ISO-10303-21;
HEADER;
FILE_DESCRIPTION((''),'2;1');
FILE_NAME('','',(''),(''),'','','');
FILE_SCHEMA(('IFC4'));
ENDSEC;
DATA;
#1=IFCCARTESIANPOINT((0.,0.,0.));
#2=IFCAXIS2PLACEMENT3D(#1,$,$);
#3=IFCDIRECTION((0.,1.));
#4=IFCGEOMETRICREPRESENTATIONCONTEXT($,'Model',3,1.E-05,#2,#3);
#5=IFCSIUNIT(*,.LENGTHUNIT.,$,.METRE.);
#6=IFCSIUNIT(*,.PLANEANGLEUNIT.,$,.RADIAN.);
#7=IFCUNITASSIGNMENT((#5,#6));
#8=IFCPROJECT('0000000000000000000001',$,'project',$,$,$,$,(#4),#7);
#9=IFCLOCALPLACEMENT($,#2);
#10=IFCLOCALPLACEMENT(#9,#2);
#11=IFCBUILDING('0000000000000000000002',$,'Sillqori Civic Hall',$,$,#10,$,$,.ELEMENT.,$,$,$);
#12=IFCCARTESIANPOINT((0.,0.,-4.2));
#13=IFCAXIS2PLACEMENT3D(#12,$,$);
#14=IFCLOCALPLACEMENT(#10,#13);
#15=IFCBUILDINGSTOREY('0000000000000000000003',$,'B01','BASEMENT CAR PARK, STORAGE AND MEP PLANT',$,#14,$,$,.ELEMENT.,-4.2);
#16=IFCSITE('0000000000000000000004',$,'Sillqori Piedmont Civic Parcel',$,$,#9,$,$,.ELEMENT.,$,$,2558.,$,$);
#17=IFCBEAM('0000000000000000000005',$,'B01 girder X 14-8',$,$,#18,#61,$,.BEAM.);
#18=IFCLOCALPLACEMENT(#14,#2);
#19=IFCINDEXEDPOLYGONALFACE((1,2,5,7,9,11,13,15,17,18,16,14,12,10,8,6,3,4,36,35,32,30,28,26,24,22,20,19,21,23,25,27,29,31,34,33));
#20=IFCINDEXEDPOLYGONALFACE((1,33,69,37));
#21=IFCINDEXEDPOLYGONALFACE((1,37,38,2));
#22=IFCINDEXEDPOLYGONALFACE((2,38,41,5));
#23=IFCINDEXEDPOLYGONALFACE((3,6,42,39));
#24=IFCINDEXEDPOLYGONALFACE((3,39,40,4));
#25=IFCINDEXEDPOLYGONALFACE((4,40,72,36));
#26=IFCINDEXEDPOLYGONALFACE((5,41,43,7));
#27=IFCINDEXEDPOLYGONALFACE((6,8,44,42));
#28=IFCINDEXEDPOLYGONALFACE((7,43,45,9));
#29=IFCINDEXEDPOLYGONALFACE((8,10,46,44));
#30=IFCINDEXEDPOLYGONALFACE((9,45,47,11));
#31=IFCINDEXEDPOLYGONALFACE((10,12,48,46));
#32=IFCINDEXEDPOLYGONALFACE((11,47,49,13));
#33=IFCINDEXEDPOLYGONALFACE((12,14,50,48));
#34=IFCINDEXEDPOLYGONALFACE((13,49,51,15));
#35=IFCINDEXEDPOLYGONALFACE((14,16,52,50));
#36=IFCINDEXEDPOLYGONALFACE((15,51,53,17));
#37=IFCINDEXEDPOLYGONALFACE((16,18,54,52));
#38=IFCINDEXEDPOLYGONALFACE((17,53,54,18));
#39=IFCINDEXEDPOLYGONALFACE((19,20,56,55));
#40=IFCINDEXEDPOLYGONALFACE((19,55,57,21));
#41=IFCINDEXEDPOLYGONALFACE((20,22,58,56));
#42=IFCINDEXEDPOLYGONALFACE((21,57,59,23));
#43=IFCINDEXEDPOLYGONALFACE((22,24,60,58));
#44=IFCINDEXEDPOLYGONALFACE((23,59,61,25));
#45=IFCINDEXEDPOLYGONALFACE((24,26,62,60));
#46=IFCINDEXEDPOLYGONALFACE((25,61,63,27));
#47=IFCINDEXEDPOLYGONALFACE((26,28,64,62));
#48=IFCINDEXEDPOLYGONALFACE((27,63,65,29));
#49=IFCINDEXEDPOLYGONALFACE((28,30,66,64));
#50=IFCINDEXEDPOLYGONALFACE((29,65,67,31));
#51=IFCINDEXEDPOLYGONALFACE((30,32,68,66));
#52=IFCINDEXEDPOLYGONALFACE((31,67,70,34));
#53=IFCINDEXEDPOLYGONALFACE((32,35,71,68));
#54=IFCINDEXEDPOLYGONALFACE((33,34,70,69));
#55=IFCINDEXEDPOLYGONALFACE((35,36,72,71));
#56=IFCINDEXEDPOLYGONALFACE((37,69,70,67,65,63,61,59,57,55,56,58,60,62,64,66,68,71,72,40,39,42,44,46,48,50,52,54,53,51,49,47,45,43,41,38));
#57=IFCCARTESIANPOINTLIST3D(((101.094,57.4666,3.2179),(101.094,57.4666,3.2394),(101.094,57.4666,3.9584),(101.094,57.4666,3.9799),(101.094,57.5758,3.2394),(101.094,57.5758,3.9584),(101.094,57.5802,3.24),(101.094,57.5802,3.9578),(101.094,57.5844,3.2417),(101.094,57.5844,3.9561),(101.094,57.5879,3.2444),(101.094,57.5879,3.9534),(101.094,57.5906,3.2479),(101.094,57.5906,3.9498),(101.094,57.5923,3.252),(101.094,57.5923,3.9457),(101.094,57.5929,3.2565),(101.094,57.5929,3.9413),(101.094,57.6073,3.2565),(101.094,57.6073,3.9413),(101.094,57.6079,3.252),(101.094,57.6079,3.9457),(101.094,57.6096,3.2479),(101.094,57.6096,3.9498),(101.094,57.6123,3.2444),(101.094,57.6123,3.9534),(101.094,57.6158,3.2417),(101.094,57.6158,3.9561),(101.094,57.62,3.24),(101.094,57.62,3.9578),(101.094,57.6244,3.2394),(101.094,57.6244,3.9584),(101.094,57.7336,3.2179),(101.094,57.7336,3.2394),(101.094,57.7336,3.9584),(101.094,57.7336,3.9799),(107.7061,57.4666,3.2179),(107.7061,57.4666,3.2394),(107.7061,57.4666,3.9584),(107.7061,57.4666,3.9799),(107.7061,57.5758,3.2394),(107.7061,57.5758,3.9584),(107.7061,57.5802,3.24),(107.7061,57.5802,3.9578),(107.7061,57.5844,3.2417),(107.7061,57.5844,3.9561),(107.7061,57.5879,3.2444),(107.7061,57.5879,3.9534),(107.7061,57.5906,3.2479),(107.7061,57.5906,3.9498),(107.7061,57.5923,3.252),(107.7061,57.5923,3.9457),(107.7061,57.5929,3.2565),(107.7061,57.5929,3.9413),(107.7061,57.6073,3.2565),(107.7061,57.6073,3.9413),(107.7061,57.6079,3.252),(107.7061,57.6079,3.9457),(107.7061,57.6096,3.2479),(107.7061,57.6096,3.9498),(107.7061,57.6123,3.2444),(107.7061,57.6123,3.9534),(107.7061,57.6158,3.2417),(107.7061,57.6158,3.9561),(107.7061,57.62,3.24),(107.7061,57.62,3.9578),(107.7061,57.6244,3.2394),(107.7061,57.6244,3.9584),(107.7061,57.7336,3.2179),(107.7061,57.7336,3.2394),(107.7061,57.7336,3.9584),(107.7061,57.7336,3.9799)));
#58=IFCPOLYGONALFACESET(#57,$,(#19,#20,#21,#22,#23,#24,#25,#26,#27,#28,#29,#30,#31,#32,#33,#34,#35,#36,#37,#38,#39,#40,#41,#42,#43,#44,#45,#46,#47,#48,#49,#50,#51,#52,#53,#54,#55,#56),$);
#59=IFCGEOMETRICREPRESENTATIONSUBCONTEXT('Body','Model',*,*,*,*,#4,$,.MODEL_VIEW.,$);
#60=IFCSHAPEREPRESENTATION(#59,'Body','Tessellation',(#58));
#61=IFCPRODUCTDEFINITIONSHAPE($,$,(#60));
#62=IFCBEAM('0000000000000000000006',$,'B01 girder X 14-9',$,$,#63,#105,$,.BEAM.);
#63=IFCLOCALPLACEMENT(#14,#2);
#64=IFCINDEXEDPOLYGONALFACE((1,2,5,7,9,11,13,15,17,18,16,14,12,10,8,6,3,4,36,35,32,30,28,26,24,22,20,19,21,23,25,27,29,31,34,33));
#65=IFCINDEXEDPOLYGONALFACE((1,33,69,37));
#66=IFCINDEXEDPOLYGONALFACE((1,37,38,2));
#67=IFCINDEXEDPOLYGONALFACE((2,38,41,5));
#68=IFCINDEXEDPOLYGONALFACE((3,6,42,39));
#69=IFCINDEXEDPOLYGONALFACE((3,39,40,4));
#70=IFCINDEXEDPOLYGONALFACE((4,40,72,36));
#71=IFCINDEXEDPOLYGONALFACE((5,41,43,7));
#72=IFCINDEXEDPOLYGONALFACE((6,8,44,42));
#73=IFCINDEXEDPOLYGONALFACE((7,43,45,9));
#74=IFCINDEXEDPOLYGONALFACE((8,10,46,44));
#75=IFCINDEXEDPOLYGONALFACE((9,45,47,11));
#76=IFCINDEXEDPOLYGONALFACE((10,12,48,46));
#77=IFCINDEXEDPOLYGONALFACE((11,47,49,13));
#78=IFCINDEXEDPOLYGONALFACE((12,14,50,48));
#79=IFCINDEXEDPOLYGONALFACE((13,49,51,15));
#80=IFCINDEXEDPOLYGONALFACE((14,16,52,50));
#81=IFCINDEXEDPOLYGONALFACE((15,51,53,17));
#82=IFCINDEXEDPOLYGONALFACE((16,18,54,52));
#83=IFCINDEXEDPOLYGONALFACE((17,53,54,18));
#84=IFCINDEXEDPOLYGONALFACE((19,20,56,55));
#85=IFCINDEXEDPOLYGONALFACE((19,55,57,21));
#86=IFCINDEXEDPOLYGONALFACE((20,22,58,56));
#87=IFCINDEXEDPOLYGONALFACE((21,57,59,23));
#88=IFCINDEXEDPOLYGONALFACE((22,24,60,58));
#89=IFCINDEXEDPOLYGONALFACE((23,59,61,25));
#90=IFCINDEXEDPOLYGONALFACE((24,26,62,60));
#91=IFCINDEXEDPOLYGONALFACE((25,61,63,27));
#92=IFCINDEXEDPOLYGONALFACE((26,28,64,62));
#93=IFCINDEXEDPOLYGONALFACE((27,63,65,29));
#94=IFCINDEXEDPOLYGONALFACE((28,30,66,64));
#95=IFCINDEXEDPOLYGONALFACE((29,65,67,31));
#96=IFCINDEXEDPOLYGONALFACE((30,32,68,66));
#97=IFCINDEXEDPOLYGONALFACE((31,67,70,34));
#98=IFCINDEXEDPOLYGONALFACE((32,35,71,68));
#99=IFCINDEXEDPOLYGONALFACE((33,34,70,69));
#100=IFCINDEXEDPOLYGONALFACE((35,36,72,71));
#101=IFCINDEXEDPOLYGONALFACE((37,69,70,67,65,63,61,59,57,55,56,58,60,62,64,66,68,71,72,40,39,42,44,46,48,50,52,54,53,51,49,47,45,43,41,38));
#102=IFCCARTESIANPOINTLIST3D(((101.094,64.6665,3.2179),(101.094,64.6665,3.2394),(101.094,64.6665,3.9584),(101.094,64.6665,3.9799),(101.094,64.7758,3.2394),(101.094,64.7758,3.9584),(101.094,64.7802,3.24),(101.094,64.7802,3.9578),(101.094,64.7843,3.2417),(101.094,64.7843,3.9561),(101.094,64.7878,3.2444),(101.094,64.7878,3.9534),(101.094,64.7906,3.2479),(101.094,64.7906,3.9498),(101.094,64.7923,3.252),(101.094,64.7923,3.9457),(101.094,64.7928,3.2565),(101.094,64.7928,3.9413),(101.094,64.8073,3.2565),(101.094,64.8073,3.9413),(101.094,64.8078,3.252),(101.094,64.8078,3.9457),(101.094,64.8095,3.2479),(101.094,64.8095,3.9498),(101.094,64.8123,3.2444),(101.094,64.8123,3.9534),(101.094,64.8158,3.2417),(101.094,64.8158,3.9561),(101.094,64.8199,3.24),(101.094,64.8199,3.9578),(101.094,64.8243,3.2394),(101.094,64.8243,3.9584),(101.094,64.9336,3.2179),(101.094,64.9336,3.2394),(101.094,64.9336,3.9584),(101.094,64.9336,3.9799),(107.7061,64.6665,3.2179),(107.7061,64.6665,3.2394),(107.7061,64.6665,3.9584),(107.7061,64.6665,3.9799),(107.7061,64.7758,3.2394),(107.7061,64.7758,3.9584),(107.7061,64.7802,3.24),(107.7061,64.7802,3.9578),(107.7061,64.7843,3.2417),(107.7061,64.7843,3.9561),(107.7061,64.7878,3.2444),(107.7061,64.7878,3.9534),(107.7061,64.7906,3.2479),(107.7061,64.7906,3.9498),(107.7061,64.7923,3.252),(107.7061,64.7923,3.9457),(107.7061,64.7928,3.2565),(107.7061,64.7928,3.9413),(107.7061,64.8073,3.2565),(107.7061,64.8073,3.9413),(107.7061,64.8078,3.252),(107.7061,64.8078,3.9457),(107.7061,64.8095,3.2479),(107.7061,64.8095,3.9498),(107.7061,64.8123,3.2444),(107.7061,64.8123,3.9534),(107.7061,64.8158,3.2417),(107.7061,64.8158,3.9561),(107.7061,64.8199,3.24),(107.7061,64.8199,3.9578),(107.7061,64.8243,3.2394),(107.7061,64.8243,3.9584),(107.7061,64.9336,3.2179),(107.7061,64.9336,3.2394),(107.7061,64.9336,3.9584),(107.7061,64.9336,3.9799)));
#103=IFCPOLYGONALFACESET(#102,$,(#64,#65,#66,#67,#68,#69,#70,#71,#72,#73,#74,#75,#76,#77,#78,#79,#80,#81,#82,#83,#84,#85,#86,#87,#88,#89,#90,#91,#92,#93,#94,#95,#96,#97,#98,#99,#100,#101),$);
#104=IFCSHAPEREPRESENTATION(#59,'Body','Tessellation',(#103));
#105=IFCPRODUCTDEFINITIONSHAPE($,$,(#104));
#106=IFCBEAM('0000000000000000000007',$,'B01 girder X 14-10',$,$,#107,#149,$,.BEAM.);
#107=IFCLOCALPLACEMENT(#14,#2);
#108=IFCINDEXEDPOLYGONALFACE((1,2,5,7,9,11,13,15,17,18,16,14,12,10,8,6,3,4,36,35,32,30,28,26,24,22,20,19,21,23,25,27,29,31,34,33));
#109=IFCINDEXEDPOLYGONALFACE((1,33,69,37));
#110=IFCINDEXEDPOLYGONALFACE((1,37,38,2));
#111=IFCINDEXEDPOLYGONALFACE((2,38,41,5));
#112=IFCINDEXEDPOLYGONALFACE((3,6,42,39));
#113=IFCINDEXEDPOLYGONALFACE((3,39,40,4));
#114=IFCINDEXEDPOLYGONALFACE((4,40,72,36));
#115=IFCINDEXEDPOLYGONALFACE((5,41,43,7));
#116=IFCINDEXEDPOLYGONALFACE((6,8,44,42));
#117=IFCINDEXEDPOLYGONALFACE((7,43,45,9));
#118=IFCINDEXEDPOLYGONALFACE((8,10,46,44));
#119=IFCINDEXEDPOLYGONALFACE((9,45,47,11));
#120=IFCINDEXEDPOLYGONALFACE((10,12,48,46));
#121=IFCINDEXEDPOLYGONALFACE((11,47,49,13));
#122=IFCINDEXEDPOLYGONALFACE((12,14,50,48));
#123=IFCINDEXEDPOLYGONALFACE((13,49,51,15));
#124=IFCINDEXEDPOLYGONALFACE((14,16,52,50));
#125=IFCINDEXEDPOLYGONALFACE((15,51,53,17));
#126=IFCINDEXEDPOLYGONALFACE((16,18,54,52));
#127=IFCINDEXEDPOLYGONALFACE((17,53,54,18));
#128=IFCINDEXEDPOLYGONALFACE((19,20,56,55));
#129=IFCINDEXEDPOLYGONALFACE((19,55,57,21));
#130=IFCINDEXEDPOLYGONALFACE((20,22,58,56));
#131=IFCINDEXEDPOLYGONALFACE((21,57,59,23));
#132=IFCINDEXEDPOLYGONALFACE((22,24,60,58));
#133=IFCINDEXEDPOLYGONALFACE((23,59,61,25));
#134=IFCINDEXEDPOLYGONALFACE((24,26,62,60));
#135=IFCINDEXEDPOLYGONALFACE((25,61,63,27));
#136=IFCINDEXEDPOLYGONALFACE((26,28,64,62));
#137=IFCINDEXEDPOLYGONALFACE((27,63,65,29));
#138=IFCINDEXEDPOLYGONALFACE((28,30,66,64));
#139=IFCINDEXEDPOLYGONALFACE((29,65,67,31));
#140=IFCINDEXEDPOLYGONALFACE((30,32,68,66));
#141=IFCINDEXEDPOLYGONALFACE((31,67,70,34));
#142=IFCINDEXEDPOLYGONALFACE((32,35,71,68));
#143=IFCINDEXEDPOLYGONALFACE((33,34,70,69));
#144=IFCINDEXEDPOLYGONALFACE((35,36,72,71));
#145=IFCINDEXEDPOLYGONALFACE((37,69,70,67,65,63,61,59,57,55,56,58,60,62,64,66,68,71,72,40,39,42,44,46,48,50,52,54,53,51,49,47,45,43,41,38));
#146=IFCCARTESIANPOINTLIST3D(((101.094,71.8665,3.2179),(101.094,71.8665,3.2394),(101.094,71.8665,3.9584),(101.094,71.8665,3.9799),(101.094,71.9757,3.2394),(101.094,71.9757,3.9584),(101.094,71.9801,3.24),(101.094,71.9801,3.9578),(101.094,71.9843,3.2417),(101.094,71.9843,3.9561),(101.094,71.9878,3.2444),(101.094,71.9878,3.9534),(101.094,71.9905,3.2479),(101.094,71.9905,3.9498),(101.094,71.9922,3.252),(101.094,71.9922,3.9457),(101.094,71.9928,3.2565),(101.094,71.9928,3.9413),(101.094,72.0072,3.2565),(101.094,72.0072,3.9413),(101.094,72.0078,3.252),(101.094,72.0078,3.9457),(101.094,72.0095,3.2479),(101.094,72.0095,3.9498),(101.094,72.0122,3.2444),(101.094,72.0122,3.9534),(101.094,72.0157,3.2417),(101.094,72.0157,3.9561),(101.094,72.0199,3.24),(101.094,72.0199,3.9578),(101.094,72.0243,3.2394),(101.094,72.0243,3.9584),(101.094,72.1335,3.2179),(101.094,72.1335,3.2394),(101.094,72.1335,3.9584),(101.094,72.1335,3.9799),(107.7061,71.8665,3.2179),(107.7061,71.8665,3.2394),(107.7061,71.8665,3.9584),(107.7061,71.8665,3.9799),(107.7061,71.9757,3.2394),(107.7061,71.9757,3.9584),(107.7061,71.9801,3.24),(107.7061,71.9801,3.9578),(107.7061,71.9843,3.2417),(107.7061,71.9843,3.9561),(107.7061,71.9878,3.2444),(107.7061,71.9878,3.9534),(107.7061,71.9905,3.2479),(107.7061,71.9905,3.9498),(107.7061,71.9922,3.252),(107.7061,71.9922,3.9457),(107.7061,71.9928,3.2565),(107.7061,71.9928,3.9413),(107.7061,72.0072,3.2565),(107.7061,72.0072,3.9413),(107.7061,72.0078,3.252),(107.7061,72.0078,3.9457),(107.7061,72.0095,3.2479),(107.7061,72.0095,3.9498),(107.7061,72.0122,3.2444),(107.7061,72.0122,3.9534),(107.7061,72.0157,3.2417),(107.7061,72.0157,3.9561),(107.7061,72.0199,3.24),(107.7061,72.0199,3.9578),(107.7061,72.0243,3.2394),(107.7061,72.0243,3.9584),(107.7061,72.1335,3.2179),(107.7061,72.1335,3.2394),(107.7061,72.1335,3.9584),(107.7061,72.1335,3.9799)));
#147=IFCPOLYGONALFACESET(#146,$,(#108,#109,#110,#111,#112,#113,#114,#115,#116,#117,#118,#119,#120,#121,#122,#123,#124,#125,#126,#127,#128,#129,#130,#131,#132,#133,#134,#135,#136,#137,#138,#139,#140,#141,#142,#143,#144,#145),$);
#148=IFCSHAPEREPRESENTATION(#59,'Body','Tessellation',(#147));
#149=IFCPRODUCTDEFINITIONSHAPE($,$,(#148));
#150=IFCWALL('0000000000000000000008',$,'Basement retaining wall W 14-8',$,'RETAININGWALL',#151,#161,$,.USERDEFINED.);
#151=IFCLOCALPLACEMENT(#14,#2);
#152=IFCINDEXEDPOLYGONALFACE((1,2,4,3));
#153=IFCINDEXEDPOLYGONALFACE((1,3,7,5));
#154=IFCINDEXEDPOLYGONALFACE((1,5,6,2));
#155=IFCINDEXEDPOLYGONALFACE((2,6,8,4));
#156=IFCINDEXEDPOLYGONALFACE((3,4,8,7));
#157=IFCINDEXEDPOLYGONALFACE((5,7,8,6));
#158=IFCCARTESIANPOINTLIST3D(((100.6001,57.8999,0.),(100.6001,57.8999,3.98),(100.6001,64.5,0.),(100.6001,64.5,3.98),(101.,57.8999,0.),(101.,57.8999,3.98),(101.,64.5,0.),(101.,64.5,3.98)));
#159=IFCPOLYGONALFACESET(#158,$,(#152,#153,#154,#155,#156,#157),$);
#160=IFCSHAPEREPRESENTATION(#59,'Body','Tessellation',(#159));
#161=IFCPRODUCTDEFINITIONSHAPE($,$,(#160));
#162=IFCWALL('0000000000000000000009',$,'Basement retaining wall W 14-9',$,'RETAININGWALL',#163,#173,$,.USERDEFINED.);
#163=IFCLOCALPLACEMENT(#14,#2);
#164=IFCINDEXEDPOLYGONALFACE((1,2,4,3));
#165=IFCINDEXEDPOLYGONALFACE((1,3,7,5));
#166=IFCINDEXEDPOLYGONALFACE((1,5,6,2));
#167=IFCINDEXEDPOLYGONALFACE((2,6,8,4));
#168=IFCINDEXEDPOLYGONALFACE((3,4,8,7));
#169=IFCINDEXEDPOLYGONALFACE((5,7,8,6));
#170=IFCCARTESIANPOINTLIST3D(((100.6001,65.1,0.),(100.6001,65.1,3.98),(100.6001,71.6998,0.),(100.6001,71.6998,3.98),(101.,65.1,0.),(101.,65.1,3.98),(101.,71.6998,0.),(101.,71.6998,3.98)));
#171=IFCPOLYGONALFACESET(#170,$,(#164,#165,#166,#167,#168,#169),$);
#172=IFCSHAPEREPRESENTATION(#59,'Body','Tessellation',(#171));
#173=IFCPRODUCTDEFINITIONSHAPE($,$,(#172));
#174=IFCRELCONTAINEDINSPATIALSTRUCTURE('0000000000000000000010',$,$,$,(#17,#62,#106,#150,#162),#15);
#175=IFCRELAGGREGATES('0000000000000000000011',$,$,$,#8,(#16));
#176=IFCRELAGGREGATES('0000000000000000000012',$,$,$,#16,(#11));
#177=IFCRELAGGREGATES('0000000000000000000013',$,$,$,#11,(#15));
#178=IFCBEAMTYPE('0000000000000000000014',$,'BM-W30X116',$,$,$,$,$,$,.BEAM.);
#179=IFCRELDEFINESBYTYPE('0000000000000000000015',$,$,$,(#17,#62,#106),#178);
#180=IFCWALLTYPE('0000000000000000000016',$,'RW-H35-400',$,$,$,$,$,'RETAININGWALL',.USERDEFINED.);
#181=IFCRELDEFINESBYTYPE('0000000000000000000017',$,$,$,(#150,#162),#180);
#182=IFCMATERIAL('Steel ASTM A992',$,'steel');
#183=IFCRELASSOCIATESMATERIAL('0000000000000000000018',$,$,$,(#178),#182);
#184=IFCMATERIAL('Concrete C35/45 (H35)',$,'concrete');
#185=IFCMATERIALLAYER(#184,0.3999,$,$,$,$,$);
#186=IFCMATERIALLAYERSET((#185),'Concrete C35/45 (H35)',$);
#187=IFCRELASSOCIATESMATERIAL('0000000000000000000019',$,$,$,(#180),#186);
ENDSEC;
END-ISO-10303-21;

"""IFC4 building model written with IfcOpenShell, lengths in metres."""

from ifc_helpers import new_model, si_unit, direction, frame, frame_2d, origin, origin_2d, place, context, subcontext, project, spatial, rectangle, i_section, extrude, material, layer, layer_set, material_profile, profile_set, type_object, element, save


model = new_model("IFC4")

# Units and contexts
model_context = context("Model", 3, precision=1e-05, world=origin(), true_north=direction((0.0, 1.0)))
body_context = subcontext(model_context, "Body", "Model", "MODEL_VIEW")
ifc_project = project(units=[si_unit("LENGTHUNIT", "METRE"), si_unit("PLANEANGLEUNIT", "RADIAN")], contexts=[model_context])

# Site, building, storey
site_placement = place(None, origin())
site = spatial("IfcSite", under=ifc_project, at=site_placement, Name="Sillqori Piedmont Civic Parcel", CompositionType="ELEMENT", RefElevation=2558.0)
building_placement = place(site_placement, origin())
building = spatial("IfcBuilding", under=site, at=building_placement, Name="Sillqori Civic Hall", CompositionType="ELEMENT")
storey_placement = place(building_placement, frame((0.0, 0.0, -4.2)))
storey = spatial("IfcBuildingStorey", under=building, at=storey_placement, Name="B01", Description="BASEMENT CAR PARK, STORAGE AND MEP PLANT", CompositionType="ELEMENT", Elevation=-4.2)

# Shared definitions
ifc_material_1 = material(Name="Concrete C35/45 (H35)", Category="concrete")

# Beams
ifc_material_2 = material(Name="Steel ASTM A992", Category="steel")
ifc_material_profile_1 = material_profile(ifc_material_2, i_section(OverallWidth=0.2671, OverallDepth=0.762, WebThickness=0.0144, FlangeThickness=0.0215, FilletRadius=0.0171, at=origin_2d()), Name="W30X116")
ifc_profile_set_1 = profile_set([ifc_material_profile_1], Name="Steel ASTM A992")
beam_type_1 = type_object("IfcBeamType", Name="BM-W30X116", PredefinedType="BEAM", material=ifc_profile_set_1)
for number, where, z_axis, x_axis, name in (
    (1, (101.094, 57.6001, 3.5989), (1.0, 0.0, 0.0), (0.0, 1.0, 0.0), "B01 girder X 14-8"),
    (2, (101.094, 64.8, 3.5989), (1.0, 0.0, 0.0), (0.0, 1.0, 0.0), "B01 girder X 14-9"),
    (3, (101.094, 72.0, 3.5989), (1.0, 0.0, 0.0), (0.0, 1.0, 0.0), "B01 girder X 14-10"),
):
    element("IfcBeam", number, at=place(storey_placement, frame(where, z_axis=z_axis, x_axis=x_axis)), inside=storey, type_object=beam_type_1, Name=name, PredefinedType="BEAM", context=body_context, shape_type="SweptSolid", body=[
        extrude(i_section(OverallWidth=0.2671, OverallDepth=0.762, WebThickness=0.0144, FlangeThickness=0.0215, FilletRadius=0.0171, at=origin_2d()), origin(), (0.0, 0.0, 1.0), 6.6121),
    ])

# Walls
ifc_layer = layer(ifc_material_1, 0.3999)
ifc_layer_set = layer_set([ifc_layer], Name="Concrete C35/45 (H35)")
wall_type = type_object("IfcWallType", Name="RW-H35-400", ElementType="RETAININGWALL", PredefinedType="USERDEFINED", material=ifc_layer_set)
wall_1_placement = place(storey_placement, frame((100.8, 57.8999, 0.0), z_axis=(0.0, 0.0, 1.0), x_axis=(0.0, 1.0, 0.0)))
element("IfcWall", 4, at=wall_1_placement, inside=storey, type_object=wall_type, Name="Basement retaining wall W 14-8", ObjectType="RETAININGWALL", PredefinedType="USERDEFINED", context=body_context, shape_type="SweptSolid", body=[
    extrude(rectangle(XDim=6.6001, YDim=0.3999, at=frame_2d((3.3, 0.0))), origin(), (0.0, 0.0, 1.0), 3.98),
])
wall_2_placement = place(storey_placement, frame((100.8, 65.1001, 0.0), z_axis=(0.0, 0.0, 1.0), x_axis=(0.0, 1.0, 0.0)))
element("IfcWall", 5, at=wall_2_placement, inside=storey, type_object=wall_type, Name="Basement retaining wall W 14-9", ObjectType="RETAININGWALL", PredefinedType="USERDEFINED", context=body_context, shape_type="SweptSolid", body=[
    extrude(rectangle(XDim=6.5999, YDim=0.3999, at=frame_2d((3.2998, 0.0))), origin(), (0.0, 0.0, 1.0), 3.98),
])

save(model, "model.ifc")
